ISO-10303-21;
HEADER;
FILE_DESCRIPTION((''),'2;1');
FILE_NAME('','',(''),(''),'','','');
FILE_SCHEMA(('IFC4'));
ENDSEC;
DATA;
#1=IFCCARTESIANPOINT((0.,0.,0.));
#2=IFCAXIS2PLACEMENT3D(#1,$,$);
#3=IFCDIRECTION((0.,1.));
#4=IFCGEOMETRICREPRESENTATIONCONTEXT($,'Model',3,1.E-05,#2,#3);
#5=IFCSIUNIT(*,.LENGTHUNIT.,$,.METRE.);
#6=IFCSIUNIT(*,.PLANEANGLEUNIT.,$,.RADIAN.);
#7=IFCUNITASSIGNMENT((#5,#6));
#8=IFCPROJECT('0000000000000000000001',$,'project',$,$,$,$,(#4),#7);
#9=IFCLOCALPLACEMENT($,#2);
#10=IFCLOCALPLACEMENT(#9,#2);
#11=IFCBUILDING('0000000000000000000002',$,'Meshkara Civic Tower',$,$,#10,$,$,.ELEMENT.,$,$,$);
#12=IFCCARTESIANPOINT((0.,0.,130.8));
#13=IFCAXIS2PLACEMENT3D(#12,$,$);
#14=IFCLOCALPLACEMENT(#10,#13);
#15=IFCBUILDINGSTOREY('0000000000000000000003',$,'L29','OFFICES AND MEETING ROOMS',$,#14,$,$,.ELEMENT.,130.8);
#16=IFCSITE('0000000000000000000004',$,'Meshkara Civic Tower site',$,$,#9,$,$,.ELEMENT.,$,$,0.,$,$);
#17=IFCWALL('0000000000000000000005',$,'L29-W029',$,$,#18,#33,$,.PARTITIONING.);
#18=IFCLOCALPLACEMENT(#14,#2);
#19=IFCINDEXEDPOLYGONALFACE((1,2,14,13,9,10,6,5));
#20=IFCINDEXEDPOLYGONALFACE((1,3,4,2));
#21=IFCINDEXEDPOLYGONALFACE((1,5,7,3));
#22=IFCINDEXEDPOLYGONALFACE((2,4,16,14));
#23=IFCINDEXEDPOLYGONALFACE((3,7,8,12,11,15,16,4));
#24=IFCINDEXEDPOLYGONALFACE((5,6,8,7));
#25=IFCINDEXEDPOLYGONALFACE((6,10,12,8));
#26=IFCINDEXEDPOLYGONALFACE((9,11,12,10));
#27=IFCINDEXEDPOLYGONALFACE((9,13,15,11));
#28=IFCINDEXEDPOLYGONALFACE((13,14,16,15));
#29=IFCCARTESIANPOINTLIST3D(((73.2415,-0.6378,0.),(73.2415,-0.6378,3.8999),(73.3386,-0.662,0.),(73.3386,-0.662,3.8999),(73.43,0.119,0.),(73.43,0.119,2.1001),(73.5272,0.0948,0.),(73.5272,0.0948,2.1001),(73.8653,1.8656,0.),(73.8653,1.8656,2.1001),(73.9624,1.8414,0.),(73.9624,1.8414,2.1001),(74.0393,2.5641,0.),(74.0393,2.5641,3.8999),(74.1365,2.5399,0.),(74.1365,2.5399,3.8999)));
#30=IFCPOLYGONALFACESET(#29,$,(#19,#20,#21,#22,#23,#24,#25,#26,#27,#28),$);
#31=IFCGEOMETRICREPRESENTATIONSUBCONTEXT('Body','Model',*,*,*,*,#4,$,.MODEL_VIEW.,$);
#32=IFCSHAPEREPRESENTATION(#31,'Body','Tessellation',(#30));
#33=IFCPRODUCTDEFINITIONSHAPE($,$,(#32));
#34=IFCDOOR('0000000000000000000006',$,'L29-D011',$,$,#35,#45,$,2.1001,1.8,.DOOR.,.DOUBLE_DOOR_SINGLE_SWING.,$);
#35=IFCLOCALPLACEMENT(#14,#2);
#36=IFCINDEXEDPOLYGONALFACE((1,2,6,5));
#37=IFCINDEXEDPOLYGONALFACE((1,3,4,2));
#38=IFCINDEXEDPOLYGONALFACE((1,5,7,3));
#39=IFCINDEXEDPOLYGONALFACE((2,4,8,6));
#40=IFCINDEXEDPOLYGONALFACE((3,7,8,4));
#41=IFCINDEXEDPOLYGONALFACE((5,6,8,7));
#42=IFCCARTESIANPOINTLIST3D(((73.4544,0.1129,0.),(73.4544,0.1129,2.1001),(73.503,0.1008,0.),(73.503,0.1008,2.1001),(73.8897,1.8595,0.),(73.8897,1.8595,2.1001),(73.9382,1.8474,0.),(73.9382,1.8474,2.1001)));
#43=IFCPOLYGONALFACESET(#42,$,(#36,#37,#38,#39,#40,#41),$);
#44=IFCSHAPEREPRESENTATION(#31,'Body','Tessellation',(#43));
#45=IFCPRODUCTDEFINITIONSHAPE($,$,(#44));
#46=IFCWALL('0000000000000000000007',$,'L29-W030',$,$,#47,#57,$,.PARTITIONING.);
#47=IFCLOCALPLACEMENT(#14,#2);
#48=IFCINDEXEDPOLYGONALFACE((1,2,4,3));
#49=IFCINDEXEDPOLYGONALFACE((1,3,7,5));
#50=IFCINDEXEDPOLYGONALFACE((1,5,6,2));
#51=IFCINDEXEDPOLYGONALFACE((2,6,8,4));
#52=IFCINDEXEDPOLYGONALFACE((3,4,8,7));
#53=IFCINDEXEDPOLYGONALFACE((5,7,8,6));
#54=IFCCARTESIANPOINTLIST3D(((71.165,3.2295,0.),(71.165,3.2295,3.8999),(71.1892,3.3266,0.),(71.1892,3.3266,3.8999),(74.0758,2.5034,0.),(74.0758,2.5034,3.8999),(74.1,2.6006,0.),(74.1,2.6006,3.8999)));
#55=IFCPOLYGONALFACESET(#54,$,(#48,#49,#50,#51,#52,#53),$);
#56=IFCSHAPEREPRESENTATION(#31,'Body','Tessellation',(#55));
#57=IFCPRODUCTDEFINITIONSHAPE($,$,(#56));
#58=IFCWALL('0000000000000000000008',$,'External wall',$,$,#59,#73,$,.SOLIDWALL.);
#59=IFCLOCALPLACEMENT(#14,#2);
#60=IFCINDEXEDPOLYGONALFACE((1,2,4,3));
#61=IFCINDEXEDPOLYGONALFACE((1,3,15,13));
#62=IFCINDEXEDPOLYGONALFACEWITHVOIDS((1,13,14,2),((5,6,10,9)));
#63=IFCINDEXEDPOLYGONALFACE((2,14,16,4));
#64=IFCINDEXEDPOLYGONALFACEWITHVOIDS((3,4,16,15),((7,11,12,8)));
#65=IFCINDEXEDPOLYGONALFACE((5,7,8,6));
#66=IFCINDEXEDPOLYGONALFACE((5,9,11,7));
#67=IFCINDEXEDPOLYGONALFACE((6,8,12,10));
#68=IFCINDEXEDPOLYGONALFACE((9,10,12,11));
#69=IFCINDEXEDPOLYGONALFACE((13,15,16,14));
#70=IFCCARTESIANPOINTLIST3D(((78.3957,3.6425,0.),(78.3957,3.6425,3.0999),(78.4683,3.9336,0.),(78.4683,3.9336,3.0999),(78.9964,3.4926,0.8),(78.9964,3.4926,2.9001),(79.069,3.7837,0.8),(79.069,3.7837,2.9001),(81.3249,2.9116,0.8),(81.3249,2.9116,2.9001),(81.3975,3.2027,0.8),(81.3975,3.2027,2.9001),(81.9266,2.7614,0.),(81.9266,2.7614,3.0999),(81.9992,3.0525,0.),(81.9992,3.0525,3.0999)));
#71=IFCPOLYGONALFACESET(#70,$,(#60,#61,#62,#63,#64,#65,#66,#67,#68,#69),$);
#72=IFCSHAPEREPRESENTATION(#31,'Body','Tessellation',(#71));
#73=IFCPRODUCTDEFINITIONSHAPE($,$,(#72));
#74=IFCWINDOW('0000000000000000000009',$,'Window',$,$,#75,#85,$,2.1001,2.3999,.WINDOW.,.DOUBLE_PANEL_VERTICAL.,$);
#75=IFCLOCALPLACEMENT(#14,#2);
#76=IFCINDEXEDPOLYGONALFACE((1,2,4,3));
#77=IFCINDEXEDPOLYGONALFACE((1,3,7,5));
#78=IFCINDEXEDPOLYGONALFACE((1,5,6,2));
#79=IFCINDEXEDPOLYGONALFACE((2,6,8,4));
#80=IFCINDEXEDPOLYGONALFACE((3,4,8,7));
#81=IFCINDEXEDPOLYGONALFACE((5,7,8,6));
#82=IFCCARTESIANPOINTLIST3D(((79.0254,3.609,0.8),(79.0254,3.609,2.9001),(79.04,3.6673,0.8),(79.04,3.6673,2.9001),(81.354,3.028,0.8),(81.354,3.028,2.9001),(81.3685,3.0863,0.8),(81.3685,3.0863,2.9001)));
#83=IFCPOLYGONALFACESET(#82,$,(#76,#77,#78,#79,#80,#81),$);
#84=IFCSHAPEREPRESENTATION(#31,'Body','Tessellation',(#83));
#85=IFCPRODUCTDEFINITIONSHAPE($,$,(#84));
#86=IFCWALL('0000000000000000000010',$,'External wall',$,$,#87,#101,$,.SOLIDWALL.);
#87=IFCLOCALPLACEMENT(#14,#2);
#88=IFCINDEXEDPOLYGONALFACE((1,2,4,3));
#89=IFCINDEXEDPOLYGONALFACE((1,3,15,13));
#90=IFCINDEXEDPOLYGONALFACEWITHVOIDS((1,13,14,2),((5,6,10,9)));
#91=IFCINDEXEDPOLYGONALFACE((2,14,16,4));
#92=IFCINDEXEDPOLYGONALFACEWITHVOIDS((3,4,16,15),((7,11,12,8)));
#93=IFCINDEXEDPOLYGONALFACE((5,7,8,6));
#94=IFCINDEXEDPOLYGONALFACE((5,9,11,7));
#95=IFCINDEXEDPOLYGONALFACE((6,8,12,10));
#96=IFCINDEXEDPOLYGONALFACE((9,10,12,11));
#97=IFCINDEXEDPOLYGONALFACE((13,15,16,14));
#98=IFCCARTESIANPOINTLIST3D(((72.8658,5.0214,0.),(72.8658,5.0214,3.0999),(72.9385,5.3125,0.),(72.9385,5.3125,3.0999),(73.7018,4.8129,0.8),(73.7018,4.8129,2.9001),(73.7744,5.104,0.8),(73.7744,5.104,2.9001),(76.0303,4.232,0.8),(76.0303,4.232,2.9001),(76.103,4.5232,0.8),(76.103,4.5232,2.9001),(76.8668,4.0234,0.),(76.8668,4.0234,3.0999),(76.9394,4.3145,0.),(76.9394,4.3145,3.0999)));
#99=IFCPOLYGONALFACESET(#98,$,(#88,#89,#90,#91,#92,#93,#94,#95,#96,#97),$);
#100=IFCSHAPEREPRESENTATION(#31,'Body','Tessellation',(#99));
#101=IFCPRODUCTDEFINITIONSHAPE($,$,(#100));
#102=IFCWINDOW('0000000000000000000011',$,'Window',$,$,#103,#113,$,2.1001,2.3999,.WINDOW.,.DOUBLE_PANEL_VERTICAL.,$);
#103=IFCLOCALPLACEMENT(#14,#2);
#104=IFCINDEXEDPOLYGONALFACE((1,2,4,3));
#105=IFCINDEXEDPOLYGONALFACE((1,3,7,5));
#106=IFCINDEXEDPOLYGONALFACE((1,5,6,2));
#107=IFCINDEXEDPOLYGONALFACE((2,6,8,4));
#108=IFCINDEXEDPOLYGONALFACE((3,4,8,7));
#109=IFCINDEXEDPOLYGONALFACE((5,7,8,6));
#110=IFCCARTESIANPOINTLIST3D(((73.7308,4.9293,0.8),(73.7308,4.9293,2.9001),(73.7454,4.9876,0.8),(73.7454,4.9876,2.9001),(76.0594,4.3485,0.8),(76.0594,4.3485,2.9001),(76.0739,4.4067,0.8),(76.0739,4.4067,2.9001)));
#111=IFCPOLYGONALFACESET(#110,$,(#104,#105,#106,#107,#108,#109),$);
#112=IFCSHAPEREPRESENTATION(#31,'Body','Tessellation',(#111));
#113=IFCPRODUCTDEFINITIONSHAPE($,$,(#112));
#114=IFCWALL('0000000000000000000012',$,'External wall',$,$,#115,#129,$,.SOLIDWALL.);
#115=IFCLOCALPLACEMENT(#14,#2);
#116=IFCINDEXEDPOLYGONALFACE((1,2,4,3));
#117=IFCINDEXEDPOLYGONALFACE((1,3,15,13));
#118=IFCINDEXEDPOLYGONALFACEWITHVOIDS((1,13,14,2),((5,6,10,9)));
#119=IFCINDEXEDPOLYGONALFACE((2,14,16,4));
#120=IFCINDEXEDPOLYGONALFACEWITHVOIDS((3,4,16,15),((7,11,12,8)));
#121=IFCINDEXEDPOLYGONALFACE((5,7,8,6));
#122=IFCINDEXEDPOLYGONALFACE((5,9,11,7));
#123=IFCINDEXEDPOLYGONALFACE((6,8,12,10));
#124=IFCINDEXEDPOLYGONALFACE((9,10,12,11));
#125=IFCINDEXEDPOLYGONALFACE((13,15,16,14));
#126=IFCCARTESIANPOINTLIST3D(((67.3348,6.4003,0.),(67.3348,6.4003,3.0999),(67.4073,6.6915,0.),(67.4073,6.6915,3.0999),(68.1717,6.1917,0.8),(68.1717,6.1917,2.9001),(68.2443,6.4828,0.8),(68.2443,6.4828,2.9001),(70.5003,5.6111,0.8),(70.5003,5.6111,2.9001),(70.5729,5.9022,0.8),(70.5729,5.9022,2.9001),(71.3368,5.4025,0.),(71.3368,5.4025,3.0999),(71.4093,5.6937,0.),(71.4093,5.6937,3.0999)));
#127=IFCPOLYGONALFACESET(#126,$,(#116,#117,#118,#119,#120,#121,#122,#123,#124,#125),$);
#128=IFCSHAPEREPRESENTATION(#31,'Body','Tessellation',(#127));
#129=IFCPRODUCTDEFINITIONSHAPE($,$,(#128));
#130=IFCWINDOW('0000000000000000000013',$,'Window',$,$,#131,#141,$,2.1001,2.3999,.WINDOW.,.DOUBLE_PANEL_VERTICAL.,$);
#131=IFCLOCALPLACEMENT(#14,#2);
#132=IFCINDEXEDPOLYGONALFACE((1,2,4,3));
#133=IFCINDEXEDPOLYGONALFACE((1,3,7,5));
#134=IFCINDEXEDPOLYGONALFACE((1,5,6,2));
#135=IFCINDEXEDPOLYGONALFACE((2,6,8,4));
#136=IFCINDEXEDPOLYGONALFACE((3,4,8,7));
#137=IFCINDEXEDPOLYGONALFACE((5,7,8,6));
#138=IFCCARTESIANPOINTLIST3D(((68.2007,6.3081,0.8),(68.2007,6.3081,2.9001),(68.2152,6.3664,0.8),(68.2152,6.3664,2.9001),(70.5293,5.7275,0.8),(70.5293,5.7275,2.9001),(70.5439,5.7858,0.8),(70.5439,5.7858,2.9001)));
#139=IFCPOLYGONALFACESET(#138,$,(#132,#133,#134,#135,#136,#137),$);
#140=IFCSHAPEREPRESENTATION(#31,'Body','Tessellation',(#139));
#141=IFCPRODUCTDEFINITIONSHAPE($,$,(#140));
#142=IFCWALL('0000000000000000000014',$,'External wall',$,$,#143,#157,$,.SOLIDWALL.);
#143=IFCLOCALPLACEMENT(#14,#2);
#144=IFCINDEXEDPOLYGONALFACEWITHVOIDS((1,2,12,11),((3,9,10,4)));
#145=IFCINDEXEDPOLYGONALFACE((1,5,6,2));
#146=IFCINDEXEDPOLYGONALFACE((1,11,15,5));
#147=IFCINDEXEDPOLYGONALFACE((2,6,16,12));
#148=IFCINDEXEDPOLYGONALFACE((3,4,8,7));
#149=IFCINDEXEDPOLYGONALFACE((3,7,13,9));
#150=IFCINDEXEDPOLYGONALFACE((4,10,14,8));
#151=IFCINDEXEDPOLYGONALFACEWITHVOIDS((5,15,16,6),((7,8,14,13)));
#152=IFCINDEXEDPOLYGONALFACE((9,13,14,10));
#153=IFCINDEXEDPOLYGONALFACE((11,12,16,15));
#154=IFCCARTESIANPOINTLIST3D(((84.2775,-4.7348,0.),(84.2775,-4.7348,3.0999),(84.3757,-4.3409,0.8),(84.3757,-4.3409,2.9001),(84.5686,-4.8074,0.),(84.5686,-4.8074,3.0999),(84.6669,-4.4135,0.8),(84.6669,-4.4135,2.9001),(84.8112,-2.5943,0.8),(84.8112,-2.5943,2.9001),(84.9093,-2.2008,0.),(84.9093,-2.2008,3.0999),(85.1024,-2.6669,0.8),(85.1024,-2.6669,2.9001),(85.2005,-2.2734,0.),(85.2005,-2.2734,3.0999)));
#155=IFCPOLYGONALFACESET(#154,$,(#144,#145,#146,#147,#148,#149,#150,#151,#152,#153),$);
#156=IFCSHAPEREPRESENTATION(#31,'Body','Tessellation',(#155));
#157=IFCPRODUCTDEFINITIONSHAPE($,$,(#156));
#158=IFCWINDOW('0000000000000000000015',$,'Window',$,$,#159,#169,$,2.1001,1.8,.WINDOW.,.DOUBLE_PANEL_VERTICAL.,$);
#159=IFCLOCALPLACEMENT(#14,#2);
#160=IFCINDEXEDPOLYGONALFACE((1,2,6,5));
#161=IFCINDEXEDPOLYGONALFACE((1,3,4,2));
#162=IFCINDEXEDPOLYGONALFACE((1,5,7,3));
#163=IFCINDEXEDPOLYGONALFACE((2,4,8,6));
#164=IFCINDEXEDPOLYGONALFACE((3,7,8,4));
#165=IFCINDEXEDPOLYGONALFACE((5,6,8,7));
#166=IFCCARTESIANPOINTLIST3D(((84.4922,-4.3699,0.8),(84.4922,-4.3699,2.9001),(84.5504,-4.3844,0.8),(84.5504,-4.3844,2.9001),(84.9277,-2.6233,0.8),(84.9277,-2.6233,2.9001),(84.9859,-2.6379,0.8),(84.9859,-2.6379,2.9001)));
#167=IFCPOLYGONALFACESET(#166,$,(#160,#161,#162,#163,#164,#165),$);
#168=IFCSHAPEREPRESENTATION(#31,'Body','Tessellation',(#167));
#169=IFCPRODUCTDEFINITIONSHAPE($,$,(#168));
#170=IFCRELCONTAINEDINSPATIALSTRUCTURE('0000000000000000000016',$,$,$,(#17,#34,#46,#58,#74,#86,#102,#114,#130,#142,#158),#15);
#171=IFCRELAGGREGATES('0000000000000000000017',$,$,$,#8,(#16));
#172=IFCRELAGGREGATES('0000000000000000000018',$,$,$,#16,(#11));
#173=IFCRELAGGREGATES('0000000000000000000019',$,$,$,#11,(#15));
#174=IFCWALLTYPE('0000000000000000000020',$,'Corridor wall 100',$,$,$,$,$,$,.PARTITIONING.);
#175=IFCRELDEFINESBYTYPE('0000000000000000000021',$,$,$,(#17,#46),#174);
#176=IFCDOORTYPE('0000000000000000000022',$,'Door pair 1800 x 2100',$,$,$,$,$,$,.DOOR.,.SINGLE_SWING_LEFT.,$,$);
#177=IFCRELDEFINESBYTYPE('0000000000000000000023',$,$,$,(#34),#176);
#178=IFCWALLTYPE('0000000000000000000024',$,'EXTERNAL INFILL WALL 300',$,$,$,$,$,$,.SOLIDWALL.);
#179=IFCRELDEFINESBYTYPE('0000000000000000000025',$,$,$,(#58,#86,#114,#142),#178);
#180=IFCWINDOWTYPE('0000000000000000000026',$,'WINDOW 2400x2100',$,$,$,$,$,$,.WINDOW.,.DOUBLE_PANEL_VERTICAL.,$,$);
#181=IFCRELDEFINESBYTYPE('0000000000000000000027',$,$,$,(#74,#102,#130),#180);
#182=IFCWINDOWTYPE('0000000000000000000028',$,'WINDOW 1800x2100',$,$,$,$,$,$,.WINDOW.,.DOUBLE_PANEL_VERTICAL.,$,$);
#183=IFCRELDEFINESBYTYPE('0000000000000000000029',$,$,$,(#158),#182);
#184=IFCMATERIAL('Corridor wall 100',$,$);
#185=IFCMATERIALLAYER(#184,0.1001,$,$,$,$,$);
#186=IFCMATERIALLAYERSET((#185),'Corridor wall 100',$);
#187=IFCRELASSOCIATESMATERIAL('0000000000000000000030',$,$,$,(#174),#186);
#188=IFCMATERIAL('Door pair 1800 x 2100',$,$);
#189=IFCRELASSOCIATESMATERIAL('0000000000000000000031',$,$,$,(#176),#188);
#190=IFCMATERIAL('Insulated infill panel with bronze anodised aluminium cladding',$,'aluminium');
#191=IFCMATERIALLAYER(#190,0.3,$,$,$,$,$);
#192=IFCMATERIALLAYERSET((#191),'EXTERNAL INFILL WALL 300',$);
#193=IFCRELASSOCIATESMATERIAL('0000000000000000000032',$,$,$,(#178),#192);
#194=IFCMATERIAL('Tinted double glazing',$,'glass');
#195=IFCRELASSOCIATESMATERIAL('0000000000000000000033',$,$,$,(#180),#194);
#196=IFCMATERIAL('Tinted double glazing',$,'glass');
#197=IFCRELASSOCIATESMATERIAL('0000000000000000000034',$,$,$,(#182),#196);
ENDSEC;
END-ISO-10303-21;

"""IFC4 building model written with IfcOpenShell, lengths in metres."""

from ifc_helpers import new_model, si_unit, direction, frame, frame_2d, origin, place, context, subcontext, project, spatial, rectangle, extrude, material, layer, layer_set, type_object, element, fill, save


model = new_model("IFC4")

# Units and contexts
model_context = context("Model", 3, precision=1e-05, world=origin(), true_north=direction((0.0, 1.0)))
body_context = subcontext(model_context, "Body", "Model", "MODEL_VIEW")
ifc_project = project(units=[si_unit("LENGTHUNIT", "METRE"), si_unit("PLANEANGLEUNIT", "RADIAN")], contexts=[model_context])

# Site, building, storey
site_placement = place(None, origin())
site = spatial("IfcSite", under=ifc_project, at=site_placement, Name="Meshkara Civic Tower site", CompositionType="ELEMENT", RefElevation=0.0)
building_placement = place(site_placement, origin())
building = spatial("IfcBuilding", under=site, at=building_placement, Name="Meshkara Civic Tower", CompositionType="ELEMENT")
storey_placement = place(building_placement, frame((0.0, 0.0, 130.8)))
storey = spatial("IfcBuildingStorey", under=building, at=storey_placement, Name="L29", Description="OFFICES AND MEETING ROOMS", CompositionType="ELEMENT", Elevation=130.8)

# Shared definitions
ifc_material_1 = material(Name="Corridor wall 100")
ifc_layer_1 = layer(ifc_material_1, 0.1001)
ifc_layer_set_1 = layer_set([ifc_layer_1], Name="Corridor wall 100")
wall_type_1 = type_object("IfcWallType", Name="Corridor wall 100", PredefinedType="PARTITIONING", material=ifc_layer_set_1)

# Wall, opening, door
ifc_material_2 = material(Name="Door pair 1800 x 2100")
door_type = type_object("IfcDoorType", Name="Door pair 1800 x 2100", OperationType="SINGLE_SWING_LEFT", PredefinedType="DOOR", material=ifc_material_2)
wall_1_placement = place(storey_placement, frame((73.29, -0.6499, 0.0), z_axis=(0.0, 0.0, 1.0), x_axis=(0.241787, 0.970329, 0.0)))
wall_1 = element("IfcWall", 1, at=wall_1_placement, inside=storey, type_object=wall_type_1, Name="L29-W029", PredefinedType="PARTITIONING", context=body_context, shape_type="SweptSolid", body=[
    extrude(rectangle(XDim=3.2998, YDim=0.1001, at=frame_2d((1.6499, 0.0))), origin(), (0.0, 0.0, 1.0), 3.8999),
])
opening_1_placement = place(wall_1_placement, frame((0.78, 0.0, 0.0)))
opening_1 = element("IfcOpeningElement", 2, at=opening_1_placement, cuts=wall_1, PredefinedType="OPENING", context=body_context, shape_type="SweptSolid", body=[
    extrude(rectangle(XDim=1.8, YDim=2.1001, at=frame_2d((0.8999, 1.05))), frame((0.0, 0.0601, 0.0), z_axis=(0.0, -1.0, 0.0), x_axis=(1.0, 0.0, 0.0)), (0.0, 0.0, 1.0), 0.1201),
])
door_1_placement = place(opening_1_placement, origin())
door_1 = element("IfcDoor", 3, at=door_1_placement, inside=storey, type_object=door_type, Name="L29-D011", OperationType="DOUBLE_DOOR_SINGLE_SWING", OverallHeight=2.1001, OverallWidth=1.8, PredefinedType="DOOR", context=body_context, shape_type="SweptSolid", body=[
    extrude(rectangle(XDim=1.8, YDim=2.1001, at=frame_2d((0.8999, 1.05))), frame((0.0, 0.0249, 0.0), z_axis=(0.0, -1.0, 0.0), x_axis=(1.0, 0.0, 0.0)), (0.0, 0.0, 1.0), 0.05),
])
fill(opening_1, door_1)

# Wall
wall_2_placement = place(storey_placement, frame((74.0879, 2.552, 0.0), z_axis=(0.0, 0.0, 1.0), x_axis=(-0.970272, 0.242019, 0.0)))
element("IfcWall", 4, at=wall_2_placement, inside=storey, type_object=wall_type_1, Name="L29-W030", PredefinedType="PARTITIONING", context=body_context, shape_type="SweptSolid", body=[
    extrude(rectangle(XDim=3.0, YDim=0.1001, at=frame_2d((1.5, 0.0))), origin(), (0.0, 0.0, 1.0), 3.8999),
])

# Walls, openings, windows
ifc_material_3 = material(Name="Insulated infill panel with bronze anodised aluminium cladding", Category="aluminium")
ifc_layer_2 = layer(ifc_material_3, 0.3)
ifc_layer_set_2 = layer_set([ifc_layer_2], Name="EXTERNAL INFILL WALL 300")
wall_type_2 = type_object("IfcWallType", Name="EXTERNAL INFILL WALL 300", PredefinedType="SOLIDWALL", material=ifc_layer_set_2)
wall_3_placement = place(storey_placement, frame((81.9629, 2.907, 0.0), z_axis=(0.0, 0.0, 1.0), x_axis=(-0.970249, 0.242109, 0.0)))
wall_3 = element("IfcWall", 5, at=wall_3_placement, inside=storey, type_object=wall_type_2, Name="External wall", PredefinedType="SOLIDWALL", context=body_context, shape_type="SweptSolid", body=[
    extrude(rectangle(XDim=3.6392, YDim=0.3, at=frame_2d((1.8196, 0.0))), origin(), (0.0, 0.0, 1.0), 3.0999),
])
opening_2_placement = place(wall_3_placement, frame((0.6201, 0.0, 0.8)))
opening_2 = element("IfcOpeningElement", 6, at=opening_2_placement, cuts=wall_3, PredefinedType="OPENING", context=body_context, shape_type="SweptSolid", body=[
    extrude(rectangle(XDim=2.3999, YDim=2.1001, at=frame_2d((1.2, 1.05))), frame((0.0, 0.1599, 0.0), z_axis=(0.0, -1.0, 0.0), x_axis=(1.0, 0.0, 0.0)), (0.0, 0.0, 1.0), 0.3201),
])
ifc_material_4 = material(Name="Tinted double glazing", Category="glass")
window_type_1 = type_object("IfcWindowType", Name="WINDOW 2400x2100", PartitioningType="DOUBLE_PANEL_VERTICAL", PredefinedType="WINDOW", material=ifc_material_4)
window_1_placement = place(opening_2_placement, origin())
window_1 = element("IfcWindow", 7, at=window_1_placement, inside=storey, type_object=window_type_1, Name="Window", OverallHeight=2.1001, OverallWidth=2.3999, PartitioningType="DOUBLE_PANEL_VERTICAL", PredefinedType="WINDOW", context=body_context, shape_type="SweptSolid", body=[
    extrude(rectangle(XDim=2.3999, YDim=2.1001, at=frame_2d((1.2, 1.05))), frame((0.0, 0.03, 0.0), z_axis=(0.0, -1.0, 0.0), x_axis=(1.0, 0.0, 0.0)), (0.0, 0.0, 1.0), 0.0601),
])
fill(opening_2, window_1)
wall_4_placement = place(storey_placement, frame((76.9031, 4.1689, 0.0), z_axis=(0.0, 0.0, 1.0), x_axis=(-0.970268, 0.242034, 0.0)))
wall_4 = element("IfcWall", 8, at=wall_4_placement, inside=storey, type_object=wall_type_2, Name="External wall", PredefinedType="SOLIDWALL", context=body_context, shape_type="SweptSolid", body=[
    extrude(rectangle(XDim=4.1235, YDim=0.3, at=frame_2d((2.0618, 0.0))), origin(), (0.0, 0.0, 1.0), 3.0999),
])
opening_3_placement = place(wall_4_placement, frame((0.8621, 0.0, 0.8)))
opening_3 = element("IfcOpeningElement", 9, at=opening_3_placement, cuts=wall_4, PredefinedType="OPENING", context=body_context, shape_type="SweptSolid", body=[
    extrude(rectangle(XDim=2.3999, YDim=2.1001, at=frame_2d((1.2, 1.05))), frame((0.0, 0.1599, 0.0), z_axis=(0.0, -1.0, 0.0), x_axis=(1.0, 0.0, 0.0)), (0.0, 0.0, 1.0), 0.3201),
])
window_2_placement = place(opening_3_placement, origin())
window_2 = element("IfcWindow", 10, at=window_2_placement, inside=storey, type_object=window_type_1, Name="Window", OverallHeight=2.1001, OverallWidth=2.3999, PartitioningType="DOUBLE_PANEL_VERTICAL", PredefinedType="WINDOW", context=body_context, shape_type="SweptSolid", body=[
    extrude(rectangle(XDim=2.3999, YDim=2.1001, at=frame_2d((1.2, 1.05))), frame((0.0, 0.03, 0.0), z_axis=(0.0, -1.0, 0.0), x_axis=(1.0, 0.0, 0.0)), (0.0, 0.0, 1.0), 0.0601),
])
fill(opening_3, window_2)
wall_5_placement = place(storey_placement, frame((71.373, 5.5481, 0.0), z_axis=(0.0, 0.0, 1.0), x_axis=(-0.970296, 0.241923, 0.0)))
wall_5 = element("IfcWall", 11, at=wall_5_placement, inside=storey, type_object=wall_type_2, Name="External wall", PredefinedType="SOLIDWALL", context=body_context, shape_type="SweptSolid", body=[
    extrude(rectangle(XDim=4.1245, YDim=0.3, at=frame_2d((2.0623, 0.0))), origin(), (0.0, 0.0, 1.0), 3.0999),
])
opening_4_placement = place(wall_5_placement, frame((0.8621, 0.0, 0.8)))
opening_4 = element("IfcOpeningElement", 12, at=opening_4_placement, cuts=wall_5, PredefinedType="OPENING", context=body_context, shape_type="SweptSolid", body=[
    extrude(rectangle(XDim=2.3999, YDim=2.1001, at=frame_2d((1.2, 1.05))), frame((0.0, 0.1599, 0.0), z_axis=(0.0, -1.0, 0.0), x_axis=(1.0, 0.0, 0.0)), (0.0, 0.0, 1.0), 0.3201),
])
window_3_placement = place(opening_4_placement, origin())
window_3 = element("IfcWindow", 13, at=window_3_placement, inside=storey, type_object=window_type_1, Name="Window", OverallHeight=2.1001, OverallWidth=2.3999, PartitioningType="DOUBLE_PANEL_VERTICAL", PredefinedType="WINDOW", context=body_context, shape_type="SweptSolid", body=[
    extrude(rectangle(XDim=2.3999, YDim=2.1001, at=frame_2d((1.2, 1.05))), frame((0.0, 0.03, 0.0), z_axis=(0.0, -1.0, 0.0), x_axis=(1.0, 0.0, 0.0)), (0.0, 0.0, 1.0), 0.0601),
])
fill(opening_4, window_3)
wall_6_placement = place(storey_placement, frame((84.4231, -4.771, 0.0), z_axis=(0.0, 0.0, 1.0), x_axis=(0.241942, 0.970291, 0.0)))
wall_6 = element("IfcWall", 14, at=wall_6_placement, inside=storey, type_object=wall_type_2, Name="External wall", PredefinedType="SOLIDWALL", context=body_context, shape_type="SweptSolid", body=[
    extrude(rectangle(XDim=2.6116, YDim=0.3, at=frame_2d((1.3057, 0.0))), origin(), (0.0, 0.0, 1.0), 3.0999),
])
opening_5_placement = place(wall_6_placement, frame((0.406, 0.0, 0.8)))
opening_5 = element("IfcOpeningElement", 15, at=opening_5_placement, cuts=wall_6, PredefinedType="OPENING", context=body_context, shape_type="SweptSolid", body=[
    extrude(rectangle(XDim=1.8, YDim=2.1001, at=frame_2d((0.8999, 1.05))), frame((0.0, 0.1599, 0.0), z_axis=(0.0, -1.0, 0.0), x_axis=(1.0, 0.0, 0.0)), (0.0, 0.0, 1.0), 0.3201),
])
ifc_material_5 = material(Name="Tinted double glazing", Category="glass")
window_type_2 = type_object("IfcWindowType", Name="WINDOW 1800x2100", PartitioningType="DOUBLE_PANEL_VERTICAL", PredefinedType="WINDOW", material=ifc_material_5)
window_4_placement = place(opening_5_placement, origin())
window_4 = element("IfcWindow", 16, at=window_4_placement, inside=storey, type_object=window_type_2, Name="Window", OverallHeight=2.1001, OverallWidth=1.8, PartitioningType="DOUBLE_PANEL_VERTICAL", PredefinedType="WINDOW", context=body_context, shape_type="SweptSolid", body=[
    extrude(rectangle(XDim=1.8, YDim=2.1001, at=frame_2d((0.8999, 1.05))), frame((0.0, 0.03, 0.0), z_axis=(0.0, -1.0, 0.0), x_axis=(1.0, 0.0, 0.0)), (0.0, 0.0, 1.0), 0.0601),
])
fill(opening_5, window_4)

save(model, "model.ifc")
